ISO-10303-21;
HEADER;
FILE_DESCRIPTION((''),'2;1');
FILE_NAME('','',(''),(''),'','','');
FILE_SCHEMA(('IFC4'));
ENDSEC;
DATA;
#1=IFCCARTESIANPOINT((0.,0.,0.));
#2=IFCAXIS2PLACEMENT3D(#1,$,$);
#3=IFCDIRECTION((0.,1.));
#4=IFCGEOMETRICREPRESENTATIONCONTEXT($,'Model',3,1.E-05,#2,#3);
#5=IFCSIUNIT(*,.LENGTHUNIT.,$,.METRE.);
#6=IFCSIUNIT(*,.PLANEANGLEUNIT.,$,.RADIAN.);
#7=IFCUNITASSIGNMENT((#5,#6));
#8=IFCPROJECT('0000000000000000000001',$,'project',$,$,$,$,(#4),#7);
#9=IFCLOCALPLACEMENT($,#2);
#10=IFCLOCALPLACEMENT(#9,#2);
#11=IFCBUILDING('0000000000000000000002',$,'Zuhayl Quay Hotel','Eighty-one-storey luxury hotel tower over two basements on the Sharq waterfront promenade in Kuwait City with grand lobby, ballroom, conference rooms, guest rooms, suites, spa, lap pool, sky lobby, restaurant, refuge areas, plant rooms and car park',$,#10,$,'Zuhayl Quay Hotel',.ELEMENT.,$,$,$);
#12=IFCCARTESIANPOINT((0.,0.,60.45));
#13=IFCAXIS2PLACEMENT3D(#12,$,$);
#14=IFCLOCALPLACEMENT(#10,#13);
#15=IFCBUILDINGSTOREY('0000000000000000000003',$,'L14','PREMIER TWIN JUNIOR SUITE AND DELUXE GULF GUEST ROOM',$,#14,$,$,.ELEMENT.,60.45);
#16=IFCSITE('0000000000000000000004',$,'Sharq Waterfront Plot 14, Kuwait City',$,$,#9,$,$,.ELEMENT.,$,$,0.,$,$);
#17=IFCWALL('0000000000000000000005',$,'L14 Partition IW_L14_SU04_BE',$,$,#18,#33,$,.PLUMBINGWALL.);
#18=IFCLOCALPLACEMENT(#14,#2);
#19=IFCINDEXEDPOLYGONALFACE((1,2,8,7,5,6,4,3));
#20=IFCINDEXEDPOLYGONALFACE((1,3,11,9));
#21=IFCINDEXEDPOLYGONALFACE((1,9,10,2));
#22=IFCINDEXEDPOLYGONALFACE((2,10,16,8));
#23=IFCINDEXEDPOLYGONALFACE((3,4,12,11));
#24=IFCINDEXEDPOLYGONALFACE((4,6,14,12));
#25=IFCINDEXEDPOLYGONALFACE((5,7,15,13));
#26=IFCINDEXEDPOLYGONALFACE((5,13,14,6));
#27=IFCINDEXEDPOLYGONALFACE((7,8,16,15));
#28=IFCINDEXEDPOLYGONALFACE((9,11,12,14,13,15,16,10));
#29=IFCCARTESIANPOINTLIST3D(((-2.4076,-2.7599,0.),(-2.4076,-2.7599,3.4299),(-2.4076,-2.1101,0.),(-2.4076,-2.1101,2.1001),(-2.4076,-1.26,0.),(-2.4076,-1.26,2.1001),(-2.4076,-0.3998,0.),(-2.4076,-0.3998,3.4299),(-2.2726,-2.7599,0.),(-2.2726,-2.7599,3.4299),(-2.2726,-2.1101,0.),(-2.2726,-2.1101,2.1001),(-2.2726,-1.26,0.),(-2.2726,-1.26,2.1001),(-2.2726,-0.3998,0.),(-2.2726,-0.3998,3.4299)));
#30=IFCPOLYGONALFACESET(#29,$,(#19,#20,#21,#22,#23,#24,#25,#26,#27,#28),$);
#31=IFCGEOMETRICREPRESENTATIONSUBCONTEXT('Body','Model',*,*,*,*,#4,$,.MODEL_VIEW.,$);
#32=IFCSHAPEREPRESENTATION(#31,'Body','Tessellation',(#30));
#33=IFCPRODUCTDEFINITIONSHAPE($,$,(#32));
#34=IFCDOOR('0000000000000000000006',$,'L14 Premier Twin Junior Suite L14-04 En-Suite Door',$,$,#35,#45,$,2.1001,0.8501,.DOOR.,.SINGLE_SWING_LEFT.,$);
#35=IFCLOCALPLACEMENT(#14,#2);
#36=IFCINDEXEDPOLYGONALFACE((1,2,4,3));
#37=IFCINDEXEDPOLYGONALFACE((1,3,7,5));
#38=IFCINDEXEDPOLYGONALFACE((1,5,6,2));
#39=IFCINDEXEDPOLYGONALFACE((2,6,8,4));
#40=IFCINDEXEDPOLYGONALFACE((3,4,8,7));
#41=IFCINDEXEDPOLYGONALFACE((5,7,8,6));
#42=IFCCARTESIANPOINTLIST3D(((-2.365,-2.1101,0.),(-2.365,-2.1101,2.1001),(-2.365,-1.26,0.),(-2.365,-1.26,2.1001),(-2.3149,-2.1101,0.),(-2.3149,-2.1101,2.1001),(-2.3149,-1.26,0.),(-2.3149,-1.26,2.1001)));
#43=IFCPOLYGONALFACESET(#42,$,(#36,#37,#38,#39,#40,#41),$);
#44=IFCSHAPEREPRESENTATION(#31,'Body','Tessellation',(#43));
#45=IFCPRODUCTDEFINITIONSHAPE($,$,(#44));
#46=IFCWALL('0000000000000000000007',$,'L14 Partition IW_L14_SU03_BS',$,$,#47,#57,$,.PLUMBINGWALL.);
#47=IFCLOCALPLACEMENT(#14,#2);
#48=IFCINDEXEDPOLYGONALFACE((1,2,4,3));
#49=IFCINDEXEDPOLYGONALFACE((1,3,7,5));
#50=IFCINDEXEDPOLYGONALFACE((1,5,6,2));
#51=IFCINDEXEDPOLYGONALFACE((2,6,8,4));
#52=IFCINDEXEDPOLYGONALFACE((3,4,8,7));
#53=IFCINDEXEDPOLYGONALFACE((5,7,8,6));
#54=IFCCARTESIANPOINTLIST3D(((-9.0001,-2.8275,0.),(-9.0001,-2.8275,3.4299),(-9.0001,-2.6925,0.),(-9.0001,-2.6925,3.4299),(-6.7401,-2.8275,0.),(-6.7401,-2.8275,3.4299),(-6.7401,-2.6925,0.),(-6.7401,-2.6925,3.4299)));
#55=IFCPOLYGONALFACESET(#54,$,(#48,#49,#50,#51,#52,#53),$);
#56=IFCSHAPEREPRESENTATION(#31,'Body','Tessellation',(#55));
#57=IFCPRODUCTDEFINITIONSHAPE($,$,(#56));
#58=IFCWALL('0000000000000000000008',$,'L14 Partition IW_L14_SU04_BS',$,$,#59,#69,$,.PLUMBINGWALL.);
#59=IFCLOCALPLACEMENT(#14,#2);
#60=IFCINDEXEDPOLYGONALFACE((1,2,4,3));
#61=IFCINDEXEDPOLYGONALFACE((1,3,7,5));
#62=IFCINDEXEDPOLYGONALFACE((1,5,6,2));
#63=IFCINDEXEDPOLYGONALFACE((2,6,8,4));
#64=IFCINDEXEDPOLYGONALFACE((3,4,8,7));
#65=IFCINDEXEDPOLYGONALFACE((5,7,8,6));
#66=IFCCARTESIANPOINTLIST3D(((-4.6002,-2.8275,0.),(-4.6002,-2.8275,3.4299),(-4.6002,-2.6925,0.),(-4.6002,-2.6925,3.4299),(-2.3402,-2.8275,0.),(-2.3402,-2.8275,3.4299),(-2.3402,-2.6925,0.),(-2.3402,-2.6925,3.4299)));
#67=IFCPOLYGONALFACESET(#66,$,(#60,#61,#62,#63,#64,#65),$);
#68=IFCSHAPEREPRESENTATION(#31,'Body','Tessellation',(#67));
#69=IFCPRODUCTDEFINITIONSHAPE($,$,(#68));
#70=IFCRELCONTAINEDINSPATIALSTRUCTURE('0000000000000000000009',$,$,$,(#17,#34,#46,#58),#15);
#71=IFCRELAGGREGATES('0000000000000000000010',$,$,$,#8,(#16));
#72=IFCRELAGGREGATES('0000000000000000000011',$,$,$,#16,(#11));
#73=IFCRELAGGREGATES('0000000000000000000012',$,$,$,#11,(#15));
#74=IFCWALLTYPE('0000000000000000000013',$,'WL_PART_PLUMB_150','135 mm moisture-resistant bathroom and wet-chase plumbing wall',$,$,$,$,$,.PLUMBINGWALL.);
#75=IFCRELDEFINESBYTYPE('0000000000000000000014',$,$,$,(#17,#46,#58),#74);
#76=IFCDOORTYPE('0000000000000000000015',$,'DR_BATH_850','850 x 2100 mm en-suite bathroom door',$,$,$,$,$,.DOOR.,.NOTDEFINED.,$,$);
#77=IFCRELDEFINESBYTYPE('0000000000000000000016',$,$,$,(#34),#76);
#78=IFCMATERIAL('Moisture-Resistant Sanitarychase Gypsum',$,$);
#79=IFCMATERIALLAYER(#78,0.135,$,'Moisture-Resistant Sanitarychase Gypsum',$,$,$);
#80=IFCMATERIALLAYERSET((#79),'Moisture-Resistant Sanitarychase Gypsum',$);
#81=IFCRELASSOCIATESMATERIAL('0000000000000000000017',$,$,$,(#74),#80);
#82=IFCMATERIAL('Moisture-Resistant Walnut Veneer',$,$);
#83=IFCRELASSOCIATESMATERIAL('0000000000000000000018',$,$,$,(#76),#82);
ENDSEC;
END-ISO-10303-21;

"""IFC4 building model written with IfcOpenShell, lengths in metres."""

from ifc_helpers import new_model, si_unit, direction, frame, frame_2d, origin, place, context, subcontext, project, spatial, rectangle, extrude, material, layer, layer_set, type_object, element, fill, save


model = new_model("IFC4")

# Units and contexts
model_context = context("Model", 3, precision=1e-05, world=origin(), true_north=direction((0.0, 1.0)))
body_context = subcontext(model_context, "Body", "Model", "MODEL_VIEW")
ifc_project = project(units=[si_unit("LENGTHUNIT", "METRE"), si_unit("PLANEANGLEUNIT", "RADIAN")], contexts=[model_context])

# Site, building, storey
site_placement = place(None, origin())
site = spatial("IfcSite", under=ifc_project, at=site_placement, Name="Sharq Waterfront Plot 14, Kuwait City", CompositionType="ELEMENT", RefElevation=0.0)
building_placement = place(site_placement, origin())
building = spatial("IfcBuilding", under=site, at=building_placement, Name="Zuhayl Quay Hotel", Description="Eighty-one-storey luxury hotel tower over two basements on the Sharq waterfront promenade in Kuwait City with grand lobby, ballroom, conference rooms, guest rooms, suites, spa, lap pool, sky lobby, restaurant, refuge areas, plant rooms and car park", LongName="Zuhayl Quay Hotel", CompositionType="ELEMENT")
storey_placement = place(building_placement, frame((0.0, 0.0, 60.45)))
storey = spatial("IfcBuildingStorey", under=building, at=storey_placement, Name="L14", Description="PREMIER TWIN JUNIOR SUITE AND DELUXE GULF GUEST ROOM", CompositionType="ELEMENT", Elevation=60.45)

# Wall, opening, door
ifc_material_1 = material(Name="Moisture-Resistant Sanitarychase Gypsum")
ifc_layer_1 = layer(ifc_material_1, 0.135, Name="Moisture-Resistant Sanitarychase Gypsum")
ifc_layer_set_1 = layer_set([ifc_layer_1], Name="Moisture-Resistant Sanitarychase Gypsum")
wall_type_1 = type_object("IfcWallType", Name="WL_PART_PLUMB_150", Description="135 mm moisture-resistant bathroom and wet-chase plumbing wall", PredefinedType="PLUMBINGWALL", material=ifc_layer_set_1)
ifc_material_2 = material(Name="Moisture-Resistant Walnut Veneer")
door_type_1 = type_object("IfcDoorType", Name="DR_BATH_850", Description="850 x 2100 mm en-suite bathroom door", OperationType="NOTDEFINED", PredefinedType="DOOR", material=ifc_material_2)
wall_1_placement = place(storey_placement, frame((-2.3401, -2.76, 0.0), z_axis=(0.0, 0.0, 1.0), x_axis=(0.0, 1.0, 0.0)))
wall_1 = element("IfcWall", 1, at=wall_1_placement, inside=storey, type_object=wall_type_1, Name="L14 Partition IW_L14_SU04_BE", PredefinedType="PLUMBINGWALL", context=body_context, shape_type="SweptSolid", body=[
    extrude(rectangle(XDim=2.3601, YDim=0.135, at=frame_2d((1.1802, 0.0))), origin(), (0.0, 0.0, 1.0), 3.4299),
])
opening_1_placement = place(wall_1_placement, frame((0.6499, 0.0, 0.0)))
opening_1 = element("IfcOpeningElement", 2, at=opening_1_placement, cuts=wall_1, PredefinedType="OPENING", context=body_context, shape_type="SweptSolid", body=[
    extrude(rectangle(XDim=0.8501, YDim=2.1001, at=frame_2d((0.425, 1.05))), frame((0.0, 0.0774, 0.0), z_axis=(0.0, -1.0, 0.0), x_axis=(1.0, 0.0, 0.0)), (0.0, 0.0, 1.0), 0.155),
])
door_1_placement = place(opening_1_placement, origin())
door_1 = element("IfcDoor", 3, at=door_1_placement, inside=storey, type_object=door_type_1, Name="L14 Premier Twin Junior Suite L14-04 En-Suite Door", OperationType="SINGLE_SWING_LEFT", OverallHeight=2.1001, OverallWidth=0.8501, PredefinedType="DOOR", context=body_context, shape_type="SweptSolid", body=[
    extrude(rectangle(XDim=0.8501, YDim=2.1001, at=frame_2d((0.425, 1.05))), frame((0.0, 0.0249, 0.0), z_axis=(0.0, -1.0, 0.0), x_axis=(1.0, 0.0, 0.0)), (0.0, 0.0, 1.0), 0.05),
])
fill(opening_1, door_1)

# Walls
for number, where, z_axis, x_axis, name in (
    (4, (-9.0, -2.76, 0.0), (0.0, 0.0, 1.0), (1.0, 0.0, 0.0), "L14 Partition IW_L14_SU03_BS"),
    (5, (-4.6001, -2.76, 0.0), (0.0, 0.0, 1.0), (1.0, 0.0, 0.0), "L14 Partition IW_L14_SU04_BS"),
):
    element("IfcWall", number, at=place(storey_placement, frame(where, z_axis=z_axis, x_axis=x_axis)), inside=storey, type_object=wall_type_1, Name=name, PredefinedType="PLUMBINGWALL", context=body_context, shape_type="SweptSolid", body=[
        extrude(rectangle(XDim=2.26, YDim=0.135, at=frame_2d((1.1299, 0.0))), origin(), (0.0, 0.0, 1.0), 3.4299),
    ])

save(model, "model.ifc")
